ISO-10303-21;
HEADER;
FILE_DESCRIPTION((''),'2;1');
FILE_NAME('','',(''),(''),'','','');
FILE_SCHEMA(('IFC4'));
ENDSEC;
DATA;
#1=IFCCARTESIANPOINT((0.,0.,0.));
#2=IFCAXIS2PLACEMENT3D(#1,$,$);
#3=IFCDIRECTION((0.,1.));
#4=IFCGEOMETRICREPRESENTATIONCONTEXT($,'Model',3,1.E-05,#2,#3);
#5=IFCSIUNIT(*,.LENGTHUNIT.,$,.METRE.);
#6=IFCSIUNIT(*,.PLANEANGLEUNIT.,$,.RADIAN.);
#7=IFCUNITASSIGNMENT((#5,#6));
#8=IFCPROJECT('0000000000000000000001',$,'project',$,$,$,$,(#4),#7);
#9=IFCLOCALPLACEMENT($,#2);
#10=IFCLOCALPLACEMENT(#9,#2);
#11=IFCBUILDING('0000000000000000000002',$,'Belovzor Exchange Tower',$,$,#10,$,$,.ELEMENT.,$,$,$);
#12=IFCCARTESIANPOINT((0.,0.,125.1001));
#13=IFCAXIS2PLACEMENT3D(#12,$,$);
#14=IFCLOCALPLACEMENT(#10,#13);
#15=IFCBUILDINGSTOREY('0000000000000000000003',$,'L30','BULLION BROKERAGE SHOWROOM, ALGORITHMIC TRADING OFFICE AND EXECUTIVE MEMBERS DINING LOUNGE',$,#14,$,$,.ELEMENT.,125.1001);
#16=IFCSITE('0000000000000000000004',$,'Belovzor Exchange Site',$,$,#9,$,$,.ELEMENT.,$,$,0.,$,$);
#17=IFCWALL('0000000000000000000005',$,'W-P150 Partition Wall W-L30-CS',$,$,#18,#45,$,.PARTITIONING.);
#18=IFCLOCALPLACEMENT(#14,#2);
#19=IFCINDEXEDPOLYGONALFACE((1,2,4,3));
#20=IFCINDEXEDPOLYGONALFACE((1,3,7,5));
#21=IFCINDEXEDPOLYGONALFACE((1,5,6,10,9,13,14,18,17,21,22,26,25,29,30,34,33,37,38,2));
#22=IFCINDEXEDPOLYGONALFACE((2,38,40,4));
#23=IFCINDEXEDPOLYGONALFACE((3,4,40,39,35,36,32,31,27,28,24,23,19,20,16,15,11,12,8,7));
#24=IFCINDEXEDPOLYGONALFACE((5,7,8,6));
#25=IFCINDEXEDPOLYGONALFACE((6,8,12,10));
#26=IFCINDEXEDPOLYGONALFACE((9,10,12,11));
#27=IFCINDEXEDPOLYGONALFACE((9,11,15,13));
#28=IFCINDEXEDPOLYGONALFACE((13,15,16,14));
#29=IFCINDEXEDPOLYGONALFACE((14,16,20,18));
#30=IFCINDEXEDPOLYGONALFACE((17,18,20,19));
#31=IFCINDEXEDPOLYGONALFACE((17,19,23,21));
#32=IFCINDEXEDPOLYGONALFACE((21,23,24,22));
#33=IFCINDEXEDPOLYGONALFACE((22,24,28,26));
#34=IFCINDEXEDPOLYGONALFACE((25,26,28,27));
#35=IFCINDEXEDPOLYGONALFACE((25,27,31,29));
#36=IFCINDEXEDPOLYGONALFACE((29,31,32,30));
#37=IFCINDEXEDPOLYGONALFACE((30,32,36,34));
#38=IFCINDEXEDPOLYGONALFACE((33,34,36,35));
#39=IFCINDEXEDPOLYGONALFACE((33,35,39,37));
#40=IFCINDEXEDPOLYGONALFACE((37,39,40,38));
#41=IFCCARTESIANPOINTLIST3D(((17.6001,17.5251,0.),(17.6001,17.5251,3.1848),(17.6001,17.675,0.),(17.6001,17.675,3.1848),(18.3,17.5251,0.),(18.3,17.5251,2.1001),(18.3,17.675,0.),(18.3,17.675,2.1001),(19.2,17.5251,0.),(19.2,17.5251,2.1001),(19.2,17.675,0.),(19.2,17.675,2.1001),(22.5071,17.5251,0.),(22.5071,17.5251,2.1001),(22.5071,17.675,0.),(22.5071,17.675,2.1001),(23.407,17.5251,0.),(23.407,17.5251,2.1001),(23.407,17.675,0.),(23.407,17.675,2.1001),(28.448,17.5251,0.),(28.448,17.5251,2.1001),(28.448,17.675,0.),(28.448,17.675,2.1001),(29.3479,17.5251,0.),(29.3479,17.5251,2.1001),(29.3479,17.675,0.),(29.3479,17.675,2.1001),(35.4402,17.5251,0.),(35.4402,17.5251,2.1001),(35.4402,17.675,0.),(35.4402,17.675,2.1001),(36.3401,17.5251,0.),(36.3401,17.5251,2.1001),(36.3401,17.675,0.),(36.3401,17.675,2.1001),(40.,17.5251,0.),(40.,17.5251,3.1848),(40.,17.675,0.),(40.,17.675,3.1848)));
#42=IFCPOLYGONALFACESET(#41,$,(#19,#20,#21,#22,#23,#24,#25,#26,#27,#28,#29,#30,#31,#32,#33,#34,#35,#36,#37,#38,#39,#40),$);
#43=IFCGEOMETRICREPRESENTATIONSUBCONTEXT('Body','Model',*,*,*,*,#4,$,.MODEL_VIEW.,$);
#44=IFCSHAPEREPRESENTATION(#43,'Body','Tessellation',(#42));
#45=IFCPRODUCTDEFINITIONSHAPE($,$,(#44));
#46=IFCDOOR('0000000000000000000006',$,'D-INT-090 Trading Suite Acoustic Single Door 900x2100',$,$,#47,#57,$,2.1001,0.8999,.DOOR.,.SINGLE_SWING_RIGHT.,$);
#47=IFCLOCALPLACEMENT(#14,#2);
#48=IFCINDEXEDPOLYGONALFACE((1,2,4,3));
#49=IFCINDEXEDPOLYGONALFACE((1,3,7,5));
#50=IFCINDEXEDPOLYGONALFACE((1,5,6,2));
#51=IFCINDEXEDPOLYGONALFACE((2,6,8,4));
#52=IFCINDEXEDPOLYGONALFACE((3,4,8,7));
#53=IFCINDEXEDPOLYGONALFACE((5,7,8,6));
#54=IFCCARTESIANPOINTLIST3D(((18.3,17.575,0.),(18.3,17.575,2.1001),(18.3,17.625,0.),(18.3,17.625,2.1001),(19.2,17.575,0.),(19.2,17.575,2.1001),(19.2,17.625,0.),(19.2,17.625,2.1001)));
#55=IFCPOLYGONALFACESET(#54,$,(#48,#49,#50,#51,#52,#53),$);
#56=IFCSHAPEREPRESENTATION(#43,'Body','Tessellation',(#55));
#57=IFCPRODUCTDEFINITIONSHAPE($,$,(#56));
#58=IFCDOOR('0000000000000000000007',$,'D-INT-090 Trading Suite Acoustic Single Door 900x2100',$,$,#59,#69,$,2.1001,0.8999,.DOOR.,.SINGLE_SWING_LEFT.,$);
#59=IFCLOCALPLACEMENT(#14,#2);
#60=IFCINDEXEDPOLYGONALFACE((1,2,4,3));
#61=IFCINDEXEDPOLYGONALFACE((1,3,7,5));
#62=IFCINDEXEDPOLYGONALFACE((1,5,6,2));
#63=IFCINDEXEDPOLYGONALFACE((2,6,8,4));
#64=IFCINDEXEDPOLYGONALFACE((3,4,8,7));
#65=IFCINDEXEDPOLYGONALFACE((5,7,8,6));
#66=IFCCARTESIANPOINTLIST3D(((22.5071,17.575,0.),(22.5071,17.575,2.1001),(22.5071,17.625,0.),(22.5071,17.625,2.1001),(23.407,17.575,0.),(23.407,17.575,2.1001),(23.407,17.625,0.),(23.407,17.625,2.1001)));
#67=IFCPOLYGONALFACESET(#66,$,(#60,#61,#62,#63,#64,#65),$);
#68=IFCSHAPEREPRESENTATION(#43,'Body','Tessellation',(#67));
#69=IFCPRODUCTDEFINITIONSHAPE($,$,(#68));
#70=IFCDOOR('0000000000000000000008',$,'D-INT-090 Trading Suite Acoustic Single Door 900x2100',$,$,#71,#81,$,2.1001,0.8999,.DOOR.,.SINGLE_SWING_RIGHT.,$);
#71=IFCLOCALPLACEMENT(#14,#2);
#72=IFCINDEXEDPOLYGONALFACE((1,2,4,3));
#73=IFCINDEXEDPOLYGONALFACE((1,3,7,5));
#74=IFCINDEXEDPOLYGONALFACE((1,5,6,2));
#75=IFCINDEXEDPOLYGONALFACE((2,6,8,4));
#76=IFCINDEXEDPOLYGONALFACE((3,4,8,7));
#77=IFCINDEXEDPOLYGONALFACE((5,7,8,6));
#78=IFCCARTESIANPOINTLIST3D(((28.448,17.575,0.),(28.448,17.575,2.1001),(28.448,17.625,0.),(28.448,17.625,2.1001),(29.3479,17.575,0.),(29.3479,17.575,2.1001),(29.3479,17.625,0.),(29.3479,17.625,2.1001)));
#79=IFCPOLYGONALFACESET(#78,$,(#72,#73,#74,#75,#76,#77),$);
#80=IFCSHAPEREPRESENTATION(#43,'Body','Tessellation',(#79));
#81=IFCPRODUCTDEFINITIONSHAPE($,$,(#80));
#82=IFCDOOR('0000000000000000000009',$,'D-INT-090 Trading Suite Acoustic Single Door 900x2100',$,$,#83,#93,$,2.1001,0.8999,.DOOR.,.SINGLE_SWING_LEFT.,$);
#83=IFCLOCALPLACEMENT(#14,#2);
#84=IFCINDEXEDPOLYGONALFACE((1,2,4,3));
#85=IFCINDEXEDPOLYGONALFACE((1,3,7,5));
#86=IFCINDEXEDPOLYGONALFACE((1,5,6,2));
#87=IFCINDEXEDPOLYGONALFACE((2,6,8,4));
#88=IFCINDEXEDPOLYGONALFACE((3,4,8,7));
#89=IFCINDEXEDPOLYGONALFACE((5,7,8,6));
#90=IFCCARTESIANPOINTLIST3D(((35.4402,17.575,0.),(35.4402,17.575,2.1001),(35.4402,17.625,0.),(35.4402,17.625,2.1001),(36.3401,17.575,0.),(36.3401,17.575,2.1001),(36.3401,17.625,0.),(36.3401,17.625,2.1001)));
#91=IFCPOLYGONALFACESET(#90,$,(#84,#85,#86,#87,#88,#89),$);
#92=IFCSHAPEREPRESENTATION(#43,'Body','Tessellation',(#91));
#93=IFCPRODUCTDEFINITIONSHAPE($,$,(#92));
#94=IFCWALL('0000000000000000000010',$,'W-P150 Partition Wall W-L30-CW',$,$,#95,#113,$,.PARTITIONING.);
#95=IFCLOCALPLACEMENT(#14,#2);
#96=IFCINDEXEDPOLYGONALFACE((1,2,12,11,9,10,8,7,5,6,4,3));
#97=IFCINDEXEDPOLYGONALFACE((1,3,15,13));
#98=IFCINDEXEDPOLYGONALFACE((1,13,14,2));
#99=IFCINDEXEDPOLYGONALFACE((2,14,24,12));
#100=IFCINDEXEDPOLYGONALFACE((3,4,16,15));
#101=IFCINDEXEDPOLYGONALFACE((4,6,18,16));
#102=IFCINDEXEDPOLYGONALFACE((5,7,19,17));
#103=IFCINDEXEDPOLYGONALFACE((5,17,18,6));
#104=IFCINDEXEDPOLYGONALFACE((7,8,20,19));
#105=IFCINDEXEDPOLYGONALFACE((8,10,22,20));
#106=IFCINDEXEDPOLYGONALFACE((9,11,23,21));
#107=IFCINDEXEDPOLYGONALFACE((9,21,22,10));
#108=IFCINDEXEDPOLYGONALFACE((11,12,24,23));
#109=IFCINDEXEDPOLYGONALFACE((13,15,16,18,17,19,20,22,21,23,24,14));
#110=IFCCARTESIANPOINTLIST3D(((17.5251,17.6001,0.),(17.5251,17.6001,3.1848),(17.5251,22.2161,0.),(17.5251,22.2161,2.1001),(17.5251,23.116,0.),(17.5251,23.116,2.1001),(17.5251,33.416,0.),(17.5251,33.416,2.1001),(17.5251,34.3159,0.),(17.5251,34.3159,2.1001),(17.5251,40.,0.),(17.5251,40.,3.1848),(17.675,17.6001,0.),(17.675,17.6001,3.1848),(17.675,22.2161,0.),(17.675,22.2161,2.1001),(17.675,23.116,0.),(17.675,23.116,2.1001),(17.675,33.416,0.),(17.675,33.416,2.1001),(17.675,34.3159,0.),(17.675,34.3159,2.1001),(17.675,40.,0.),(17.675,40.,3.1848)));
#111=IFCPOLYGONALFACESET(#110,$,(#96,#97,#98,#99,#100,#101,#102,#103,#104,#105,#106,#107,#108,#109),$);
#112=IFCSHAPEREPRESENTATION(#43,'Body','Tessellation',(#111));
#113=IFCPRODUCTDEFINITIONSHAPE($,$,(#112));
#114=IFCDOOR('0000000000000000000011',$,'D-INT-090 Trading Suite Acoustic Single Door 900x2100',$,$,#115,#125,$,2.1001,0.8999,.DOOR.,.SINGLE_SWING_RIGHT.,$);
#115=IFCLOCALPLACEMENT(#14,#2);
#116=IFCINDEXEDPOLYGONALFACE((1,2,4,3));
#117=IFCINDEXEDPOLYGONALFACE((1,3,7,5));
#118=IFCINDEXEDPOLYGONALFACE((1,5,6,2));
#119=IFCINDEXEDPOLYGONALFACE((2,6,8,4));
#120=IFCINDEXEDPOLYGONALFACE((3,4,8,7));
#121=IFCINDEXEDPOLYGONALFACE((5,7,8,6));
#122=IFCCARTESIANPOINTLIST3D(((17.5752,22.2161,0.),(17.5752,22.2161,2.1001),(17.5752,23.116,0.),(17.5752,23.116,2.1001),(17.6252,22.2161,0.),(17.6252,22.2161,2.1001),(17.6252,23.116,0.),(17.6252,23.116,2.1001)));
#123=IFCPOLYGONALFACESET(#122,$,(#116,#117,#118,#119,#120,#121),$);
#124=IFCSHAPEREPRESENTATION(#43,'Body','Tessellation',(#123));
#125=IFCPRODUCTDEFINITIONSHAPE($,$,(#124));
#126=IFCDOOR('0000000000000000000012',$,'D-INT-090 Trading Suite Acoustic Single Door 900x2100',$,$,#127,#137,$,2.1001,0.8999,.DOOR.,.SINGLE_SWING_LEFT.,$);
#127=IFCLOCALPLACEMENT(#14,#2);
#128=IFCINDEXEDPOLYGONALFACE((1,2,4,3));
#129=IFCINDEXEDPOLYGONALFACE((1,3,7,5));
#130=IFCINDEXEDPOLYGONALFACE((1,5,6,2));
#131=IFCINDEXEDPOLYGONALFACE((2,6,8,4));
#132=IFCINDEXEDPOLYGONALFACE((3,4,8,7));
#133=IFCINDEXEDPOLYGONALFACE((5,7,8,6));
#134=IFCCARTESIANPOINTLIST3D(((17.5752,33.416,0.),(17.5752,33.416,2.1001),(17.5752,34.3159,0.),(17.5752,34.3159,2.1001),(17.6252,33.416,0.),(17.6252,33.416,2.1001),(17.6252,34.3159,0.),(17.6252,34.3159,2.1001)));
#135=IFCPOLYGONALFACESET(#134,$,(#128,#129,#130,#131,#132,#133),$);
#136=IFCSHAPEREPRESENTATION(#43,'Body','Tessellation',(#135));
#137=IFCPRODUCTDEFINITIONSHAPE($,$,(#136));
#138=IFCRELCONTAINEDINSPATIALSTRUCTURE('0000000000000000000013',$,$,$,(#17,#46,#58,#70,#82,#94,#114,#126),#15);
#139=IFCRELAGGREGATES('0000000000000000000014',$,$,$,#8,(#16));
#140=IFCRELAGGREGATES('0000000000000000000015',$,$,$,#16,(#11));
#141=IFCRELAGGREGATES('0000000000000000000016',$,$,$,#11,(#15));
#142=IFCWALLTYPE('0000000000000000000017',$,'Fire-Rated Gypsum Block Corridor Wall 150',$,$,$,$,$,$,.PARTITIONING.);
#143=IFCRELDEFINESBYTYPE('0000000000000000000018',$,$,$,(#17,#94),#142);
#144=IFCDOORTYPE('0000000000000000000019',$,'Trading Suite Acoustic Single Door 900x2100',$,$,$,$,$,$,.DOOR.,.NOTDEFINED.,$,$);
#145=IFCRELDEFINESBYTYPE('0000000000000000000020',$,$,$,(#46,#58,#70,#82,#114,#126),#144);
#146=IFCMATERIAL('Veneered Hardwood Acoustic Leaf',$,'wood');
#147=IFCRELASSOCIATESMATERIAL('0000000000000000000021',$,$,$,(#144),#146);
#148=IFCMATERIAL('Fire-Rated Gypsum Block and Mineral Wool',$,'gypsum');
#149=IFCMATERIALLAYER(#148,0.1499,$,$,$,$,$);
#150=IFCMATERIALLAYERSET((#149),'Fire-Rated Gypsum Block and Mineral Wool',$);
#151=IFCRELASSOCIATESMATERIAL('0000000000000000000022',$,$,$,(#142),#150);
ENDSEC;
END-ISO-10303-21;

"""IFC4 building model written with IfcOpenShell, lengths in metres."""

from ifc_helpers import new_model, si_unit, direction, frame, frame_2d, origin, place, context, subcontext, project, spatial, rectangle, extrude, material, layer, layer_set, type_object, element, fill, save


model = new_model("IFC4")

# Units and contexts
model_context = context("Model", 3, precision=1e-05, world=origin(), true_north=direction((0.0, 1.0)))
body_context = subcontext(model_context, "Body", "Model", "MODEL_VIEW")
ifc_project = project(units=[si_unit("LENGTHUNIT", "METRE"), si_unit("PLANEANGLEUNIT", "RADIAN")], contexts=[model_context])

# Site, building, storey
site_placement = place(None, origin())
site = spatial("IfcSite", under=ifc_project, at=site_placement, Name="Belovzor Exchange Site", CompositionType="ELEMENT", RefElevation=0.0)
building_placement = place(site_placement, origin())
building = spatial("IfcBuilding", under=site, at=building_placement, Name="Belovzor Exchange Tower", CompositionType="ELEMENT")
storey_placement = place(building_placement, frame((0.0, 0.0, 125.1001)))
storey = spatial("IfcBuildingStorey", under=building, at=storey_placement, Name="L30", Description="BULLION BROKERAGE SHOWROOM, ALGORITHMIC TRADING OFFICE AND EXECUTIVE MEMBERS DINING LOUNGE", CompositionType="ELEMENT", Elevation=125.1001)

# Shared definitions
ifc_material_1 = material(Name="Veneered Hardwood Acoustic Leaf", Category="wood")
door_type_1 = type_object("IfcDoorType", Name="Trading Suite Acoustic Single Door 900x2100", OperationType="NOTDEFINED", PredefinedType="DOOR", material=ifc_material_1)

# Walls, openings, doors
ifc_material_2 = material(Name="Fire-Rated Gypsum Block and Mineral Wool", Category="gypsum")
ifc_layer_1 = layer(ifc_material_2, 0.1499)
ifc_layer_set_1 = layer_set([ifc_layer_1], Name="Fire-Rated Gypsum Block and Mineral Wool")
wall_type_1 = type_object("IfcWallType", Name="Fire-Rated Gypsum Block Corridor Wall 150", PredefinedType="PARTITIONING", material=ifc_layer_set_1)
wall_1_placement = place(storey_placement, frame((17.6001, 17.6001, 0.0), z_axis=(0.0, 0.0, 1.0), x_axis=(1.0, 0.0, 0.0)))
wall_1 = element("IfcWall", 1, at=wall_1_placement, inside=storey, type_object=wall_type_1, Name="W-P150 Partition Wall W-L30-CS", PredefinedType="PARTITIONING", context=body_context, shape_type="SweptSolid", body=[
    extrude(rectangle(XDim=22.3999, YDim=0.1499, at=frame_2d((11.2, 0.0))), origin(), (0.0, 0.0, 1.0), 3.1848),
])
opening_1_placement = place(wall_1_placement, frame((0.7, 0.0, 0.0)))
opening_1 = element("IfcOpeningElement", 2, at=opening_1_placement, cuts=wall_1, PredefinedType="OPENING", context=body_context, shape_type="SweptSolid", body=[
    extrude(rectangle(XDim=0.8999, YDim=2.1001, at=frame_2d((0.45, 1.05))), frame((0.0, 0.085, 0.0), z_axis=(0.0, -1.0, 0.0), x_axis=(1.0, 0.0, 0.0)), (0.0, 0.0, 1.0), 0.1699),
])
opening_2_placement = place(wall_1_placement, frame((4.907, 0.0, 0.0)))
opening_2 = element("IfcOpeningElement", 3, at=opening_2_placement, cuts=wall_1, PredefinedType="OPENING", context=body_context, shape_type="SweptSolid", body=[
    extrude(rectangle(XDim=0.8999, YDim=2.1001, at=frame_2d((0.45, 1.05))), frame((0.0, 0.085, 0.0), z_axis=(0.0, -1.0, 0.0), x_axis=(1.0, 0.0, 0.0)), (0.0, 0.0, 1.0), 0.1699),
])
opening_3_placement = place(wall_1_placement, frame((10.8479, 0.0, 0.0)))
opening_3 = element("IfcOpeningElement", 4, at=opening_3_placement, cuts=wall_1, PredefinedType="OPENING", context=body_context, shape_type="SweptSolid", body=[
    extrude(rectangle(XDim=0.8999, YDim=2.1001, at=frame_2d((0.45, 1.05))), frame((0.0, 0.085, 0.0), z_axis=(0.0, -1.0, 0.0), x_axis=(1.0, 0.0, 0.0)), (0.0, 0.0, 1.0), 0.1699),
])
opening_4_placement = place(wall_1_placement, frame((17.8401, 0.0, 0.0)))
opening_4 = element("IfcOpeningElement", 5, at=opening_4_placement, cuts=wall_1, PredefinedType="OPENING", context=body_context, shape_type="SweptSolid", body=[
    extrude(rectangle(XDim=0.8999, YDim=2.1001, at=frame_2d((0.45, 1.05))), frame((0.0, 0.085, 0.0), z_axis=(0.0, -1.0, 0.0), x_axis=(1.0, 0.0, 0.0)), (0.0, 0.0, 1.0), 0.1699),
])
door_1_placement = place(opening_1_placement, origin())
door_1 = element("IfcDoor", 6, at=door_1_placement, inside=storey, type_object=door_type_1, Name="D-INT-090 Trading Suite Acoustic Single Door 900x2100", OperationType="SINGLE_SWING_RIGHT", OverallHeight=2.1001, OverallWidth=0.8999, PredefinedType="DOOR", context=body_context, shape_type="SweptSolid", body=[
    extrude(rectangle(XDim=0.8999, YDim=2.1001, at=frame_2d((0.45, 1.05))), frame((0.0, 0.0249, 0.0), z_axis=(0.0, -1.0, 0.0), x_axis=(1.0, 0.0, 0.0)), (0.0, 0.0, 1.0), 0.05),
])
fill(opening_1, door_1)
door_2_placement = place(opening_2_placement, origin())
door_2 = element("IfcDoor", 7, at=door_2_placement, inside=storey, type_object=door_type_1, Name="D-INT-090 Trading Suite Acoustic Single Door 900x2100", OperationType="SINGLE_SWING_LEFT", OverallHeight=2.1001, OverallWidth=0.8999, PredefinedType="DOOR", context=body_context, shape_type="SweptSolid", body=[
    extrude(rectangle(XDim=0.8999, YDim=2.1001, at=frame_2d((0.45, 1.05))), frame((0.0, 0.0249, 0.0), z_axis=(0.0, -1.0, 0.0), x_axis=(1.0, 0.0, 0.0)), (0.0, 0.0, 1.0), 0.05),
])
fill(opening_2, door_2)
door_3_placement = place(opening_3_placement, origin())
door_3 = element("IfcDoor", 8, at=door_3_placement, inside=storey, type_object=door_type_1, Name="D-INT-090 Trading Suite Acoustic Single Door 900x2100", OperationType="SINGLE_SWING_RIGHT", OverallHeight=2.1001, OverallWidth=0.8999, PredefinedType="DOOR", context=body_context, shape_type="SweptSolid", body=[
    extrude(rectangle(XDim=0.8999, YDim=2.1001, at=frame_2d((0.45, 1.05))), frame((0.0, 0.0249, 0.0), z_axis=(0.0, -1.0, 0.0), x_axis=(1.0, 0.0, 0.0)), (0.0, 0.0, 1.0), 0.05),
])
fill(opening_3, door_3)
door_4_placement = place(opening_4_placement, origin())
door_4 = element("IfcDoor", 9, at=door_4_placement, inside=storey, type_object=door_type_1, Name="D-INT-090 Trading Suite Acoustic Single Door 900x2100", OperationType="SINGLE_SWING_LEFT", OverallHeight=2.1001, OverallWidth=0.8999, PredefinedType="DOOR", context=body_context, shape_type="SweptSolid", body=[
    extrude(rectangle(XDim=0.8999, YDim=2.1001, at=frame_2d((0.45, 1.05))), frame((0.0, 0.0249, 0.0), z_axis=(0.0, -1.0, 0.0), x_axis=(1.0, 0.0, 0.0)), (0.0, 0.0, 1.0), 0.05),
])
fill(opening_4, door_4)
wall_2_placement = place(storey_placement, frame((17.6001, 17.6001, 0.0), z_axis=(0.0, 0.0, 1.0), x_axis=(0.0, 1.0, 0.0)))
wall_2 = element("IfcWall", 10, at=wall_2_placement, inside=storey, type_object=wall_type_1, Name="W-P150 Partition Wall W-L30-CW", PredefinedType="PARTITIONING", context=body_context, shape_type="SweptSolid", body=[
    extrude(rectangle(XDim=22.3999, YDim=0.1499, at=frame_2d((11.2, 0.0))), origin(), (0.0, 0.0, 1.0), 3.1848),
])
opening_5_placement = place(wall_2_placement, frame((4.616, 0.0, 0.0)))
opening_5 = element("IfcOpeningElement", 11, at=opening_5_placement, cuts=wall_2, PredefinedType="OPENING", context=body_context, shape_type="SweptSolid", body=[
    extrude(rectangle(XDim=0.8999, YDim=2.1001, at=frame_2d((0.45, 1.05))), frame((0.0, 0.085, 0.0), z_axis=(0.0, -1.0, 0.0), x_axis=(1.0, 0.0, 0.0)), (0.0, 0.0, 1.0), 0.1699),
])
opening_6_placement = place(wall_2_placement, frame((15.8159, 0.0, 0.0)))
opening_6 = element("IfcOpeningElement", 12, at=opening_6_placement, cuts=wall_2, PredefinedType="OPENING", context=body_context, shape_type="SweptSolid", body=[
    extrude(rectangle(XDim=0.8999, YDim=2.1001, at=frame_2d((0.45, 1.05))), frame((0.0, 0.085, 0.0), z_axis=(0.0, -1.0, 0.0), x_axis=(1.0, 0.0, 0.0)), (0.0, 0.0, 1.0), 0.1699),
])
door_5_placement = place(opening_5_placement, origin())
door_5 = element("IfcDoor", 13, at=door_5_placement, inside=storey, type_object=door_type_1, Name="D-INT-090 Trading Suite Acoustic Single Door 900x2100", OperationType="SINGLE_SWING_RIGHT", OverallHeight=2.1001, OverallWidth=0.8999, PredefinedType="DOOR", context=body_context, shape_type="SweptSolid", body=[
    extrude(rectangle(XDim=0.8999, YDim=2.1001, at=frame_2d((0.45, 1.05))), frame((0.0, 0.0249, 0.0), z_axis=(0.0, -1.0, 0.0), x_axis=(1.0, 0.0, 0.0)), (0.0, 0.0, 1.0), 0.05),
])
fill(opening_5, door_5)
door_6_placement = place(opening_6_placement, origin())
door_6 = element("IfcDoor", 14, at=door_6_placement, inside=storey, type_object=door_type_1, Name="D-INT-090 Trading Suite Acoustic Single Door 900x2100", OperationType="SINGLE_SWING_LEFT", OverallHeight=2.1001, OverallWidth=0.8999, PredefinedType="DOOR", context=body_context, shape_type="SweptSolid", body=[
    extrude(rectangle(XDim=0.8999, YDim=2.1001, at=frame_2d((0.45, 1.05))), frame((0.0, 0.0249, 0.0), z_axis=(0.0, -1.0, 0.0), x_axis=(1.0, 0.0, 0.0)), (0.0, 0.0, 1.0), 0.05),
])
fill(opening_6, door_6)

save(model, "model.ifc")
